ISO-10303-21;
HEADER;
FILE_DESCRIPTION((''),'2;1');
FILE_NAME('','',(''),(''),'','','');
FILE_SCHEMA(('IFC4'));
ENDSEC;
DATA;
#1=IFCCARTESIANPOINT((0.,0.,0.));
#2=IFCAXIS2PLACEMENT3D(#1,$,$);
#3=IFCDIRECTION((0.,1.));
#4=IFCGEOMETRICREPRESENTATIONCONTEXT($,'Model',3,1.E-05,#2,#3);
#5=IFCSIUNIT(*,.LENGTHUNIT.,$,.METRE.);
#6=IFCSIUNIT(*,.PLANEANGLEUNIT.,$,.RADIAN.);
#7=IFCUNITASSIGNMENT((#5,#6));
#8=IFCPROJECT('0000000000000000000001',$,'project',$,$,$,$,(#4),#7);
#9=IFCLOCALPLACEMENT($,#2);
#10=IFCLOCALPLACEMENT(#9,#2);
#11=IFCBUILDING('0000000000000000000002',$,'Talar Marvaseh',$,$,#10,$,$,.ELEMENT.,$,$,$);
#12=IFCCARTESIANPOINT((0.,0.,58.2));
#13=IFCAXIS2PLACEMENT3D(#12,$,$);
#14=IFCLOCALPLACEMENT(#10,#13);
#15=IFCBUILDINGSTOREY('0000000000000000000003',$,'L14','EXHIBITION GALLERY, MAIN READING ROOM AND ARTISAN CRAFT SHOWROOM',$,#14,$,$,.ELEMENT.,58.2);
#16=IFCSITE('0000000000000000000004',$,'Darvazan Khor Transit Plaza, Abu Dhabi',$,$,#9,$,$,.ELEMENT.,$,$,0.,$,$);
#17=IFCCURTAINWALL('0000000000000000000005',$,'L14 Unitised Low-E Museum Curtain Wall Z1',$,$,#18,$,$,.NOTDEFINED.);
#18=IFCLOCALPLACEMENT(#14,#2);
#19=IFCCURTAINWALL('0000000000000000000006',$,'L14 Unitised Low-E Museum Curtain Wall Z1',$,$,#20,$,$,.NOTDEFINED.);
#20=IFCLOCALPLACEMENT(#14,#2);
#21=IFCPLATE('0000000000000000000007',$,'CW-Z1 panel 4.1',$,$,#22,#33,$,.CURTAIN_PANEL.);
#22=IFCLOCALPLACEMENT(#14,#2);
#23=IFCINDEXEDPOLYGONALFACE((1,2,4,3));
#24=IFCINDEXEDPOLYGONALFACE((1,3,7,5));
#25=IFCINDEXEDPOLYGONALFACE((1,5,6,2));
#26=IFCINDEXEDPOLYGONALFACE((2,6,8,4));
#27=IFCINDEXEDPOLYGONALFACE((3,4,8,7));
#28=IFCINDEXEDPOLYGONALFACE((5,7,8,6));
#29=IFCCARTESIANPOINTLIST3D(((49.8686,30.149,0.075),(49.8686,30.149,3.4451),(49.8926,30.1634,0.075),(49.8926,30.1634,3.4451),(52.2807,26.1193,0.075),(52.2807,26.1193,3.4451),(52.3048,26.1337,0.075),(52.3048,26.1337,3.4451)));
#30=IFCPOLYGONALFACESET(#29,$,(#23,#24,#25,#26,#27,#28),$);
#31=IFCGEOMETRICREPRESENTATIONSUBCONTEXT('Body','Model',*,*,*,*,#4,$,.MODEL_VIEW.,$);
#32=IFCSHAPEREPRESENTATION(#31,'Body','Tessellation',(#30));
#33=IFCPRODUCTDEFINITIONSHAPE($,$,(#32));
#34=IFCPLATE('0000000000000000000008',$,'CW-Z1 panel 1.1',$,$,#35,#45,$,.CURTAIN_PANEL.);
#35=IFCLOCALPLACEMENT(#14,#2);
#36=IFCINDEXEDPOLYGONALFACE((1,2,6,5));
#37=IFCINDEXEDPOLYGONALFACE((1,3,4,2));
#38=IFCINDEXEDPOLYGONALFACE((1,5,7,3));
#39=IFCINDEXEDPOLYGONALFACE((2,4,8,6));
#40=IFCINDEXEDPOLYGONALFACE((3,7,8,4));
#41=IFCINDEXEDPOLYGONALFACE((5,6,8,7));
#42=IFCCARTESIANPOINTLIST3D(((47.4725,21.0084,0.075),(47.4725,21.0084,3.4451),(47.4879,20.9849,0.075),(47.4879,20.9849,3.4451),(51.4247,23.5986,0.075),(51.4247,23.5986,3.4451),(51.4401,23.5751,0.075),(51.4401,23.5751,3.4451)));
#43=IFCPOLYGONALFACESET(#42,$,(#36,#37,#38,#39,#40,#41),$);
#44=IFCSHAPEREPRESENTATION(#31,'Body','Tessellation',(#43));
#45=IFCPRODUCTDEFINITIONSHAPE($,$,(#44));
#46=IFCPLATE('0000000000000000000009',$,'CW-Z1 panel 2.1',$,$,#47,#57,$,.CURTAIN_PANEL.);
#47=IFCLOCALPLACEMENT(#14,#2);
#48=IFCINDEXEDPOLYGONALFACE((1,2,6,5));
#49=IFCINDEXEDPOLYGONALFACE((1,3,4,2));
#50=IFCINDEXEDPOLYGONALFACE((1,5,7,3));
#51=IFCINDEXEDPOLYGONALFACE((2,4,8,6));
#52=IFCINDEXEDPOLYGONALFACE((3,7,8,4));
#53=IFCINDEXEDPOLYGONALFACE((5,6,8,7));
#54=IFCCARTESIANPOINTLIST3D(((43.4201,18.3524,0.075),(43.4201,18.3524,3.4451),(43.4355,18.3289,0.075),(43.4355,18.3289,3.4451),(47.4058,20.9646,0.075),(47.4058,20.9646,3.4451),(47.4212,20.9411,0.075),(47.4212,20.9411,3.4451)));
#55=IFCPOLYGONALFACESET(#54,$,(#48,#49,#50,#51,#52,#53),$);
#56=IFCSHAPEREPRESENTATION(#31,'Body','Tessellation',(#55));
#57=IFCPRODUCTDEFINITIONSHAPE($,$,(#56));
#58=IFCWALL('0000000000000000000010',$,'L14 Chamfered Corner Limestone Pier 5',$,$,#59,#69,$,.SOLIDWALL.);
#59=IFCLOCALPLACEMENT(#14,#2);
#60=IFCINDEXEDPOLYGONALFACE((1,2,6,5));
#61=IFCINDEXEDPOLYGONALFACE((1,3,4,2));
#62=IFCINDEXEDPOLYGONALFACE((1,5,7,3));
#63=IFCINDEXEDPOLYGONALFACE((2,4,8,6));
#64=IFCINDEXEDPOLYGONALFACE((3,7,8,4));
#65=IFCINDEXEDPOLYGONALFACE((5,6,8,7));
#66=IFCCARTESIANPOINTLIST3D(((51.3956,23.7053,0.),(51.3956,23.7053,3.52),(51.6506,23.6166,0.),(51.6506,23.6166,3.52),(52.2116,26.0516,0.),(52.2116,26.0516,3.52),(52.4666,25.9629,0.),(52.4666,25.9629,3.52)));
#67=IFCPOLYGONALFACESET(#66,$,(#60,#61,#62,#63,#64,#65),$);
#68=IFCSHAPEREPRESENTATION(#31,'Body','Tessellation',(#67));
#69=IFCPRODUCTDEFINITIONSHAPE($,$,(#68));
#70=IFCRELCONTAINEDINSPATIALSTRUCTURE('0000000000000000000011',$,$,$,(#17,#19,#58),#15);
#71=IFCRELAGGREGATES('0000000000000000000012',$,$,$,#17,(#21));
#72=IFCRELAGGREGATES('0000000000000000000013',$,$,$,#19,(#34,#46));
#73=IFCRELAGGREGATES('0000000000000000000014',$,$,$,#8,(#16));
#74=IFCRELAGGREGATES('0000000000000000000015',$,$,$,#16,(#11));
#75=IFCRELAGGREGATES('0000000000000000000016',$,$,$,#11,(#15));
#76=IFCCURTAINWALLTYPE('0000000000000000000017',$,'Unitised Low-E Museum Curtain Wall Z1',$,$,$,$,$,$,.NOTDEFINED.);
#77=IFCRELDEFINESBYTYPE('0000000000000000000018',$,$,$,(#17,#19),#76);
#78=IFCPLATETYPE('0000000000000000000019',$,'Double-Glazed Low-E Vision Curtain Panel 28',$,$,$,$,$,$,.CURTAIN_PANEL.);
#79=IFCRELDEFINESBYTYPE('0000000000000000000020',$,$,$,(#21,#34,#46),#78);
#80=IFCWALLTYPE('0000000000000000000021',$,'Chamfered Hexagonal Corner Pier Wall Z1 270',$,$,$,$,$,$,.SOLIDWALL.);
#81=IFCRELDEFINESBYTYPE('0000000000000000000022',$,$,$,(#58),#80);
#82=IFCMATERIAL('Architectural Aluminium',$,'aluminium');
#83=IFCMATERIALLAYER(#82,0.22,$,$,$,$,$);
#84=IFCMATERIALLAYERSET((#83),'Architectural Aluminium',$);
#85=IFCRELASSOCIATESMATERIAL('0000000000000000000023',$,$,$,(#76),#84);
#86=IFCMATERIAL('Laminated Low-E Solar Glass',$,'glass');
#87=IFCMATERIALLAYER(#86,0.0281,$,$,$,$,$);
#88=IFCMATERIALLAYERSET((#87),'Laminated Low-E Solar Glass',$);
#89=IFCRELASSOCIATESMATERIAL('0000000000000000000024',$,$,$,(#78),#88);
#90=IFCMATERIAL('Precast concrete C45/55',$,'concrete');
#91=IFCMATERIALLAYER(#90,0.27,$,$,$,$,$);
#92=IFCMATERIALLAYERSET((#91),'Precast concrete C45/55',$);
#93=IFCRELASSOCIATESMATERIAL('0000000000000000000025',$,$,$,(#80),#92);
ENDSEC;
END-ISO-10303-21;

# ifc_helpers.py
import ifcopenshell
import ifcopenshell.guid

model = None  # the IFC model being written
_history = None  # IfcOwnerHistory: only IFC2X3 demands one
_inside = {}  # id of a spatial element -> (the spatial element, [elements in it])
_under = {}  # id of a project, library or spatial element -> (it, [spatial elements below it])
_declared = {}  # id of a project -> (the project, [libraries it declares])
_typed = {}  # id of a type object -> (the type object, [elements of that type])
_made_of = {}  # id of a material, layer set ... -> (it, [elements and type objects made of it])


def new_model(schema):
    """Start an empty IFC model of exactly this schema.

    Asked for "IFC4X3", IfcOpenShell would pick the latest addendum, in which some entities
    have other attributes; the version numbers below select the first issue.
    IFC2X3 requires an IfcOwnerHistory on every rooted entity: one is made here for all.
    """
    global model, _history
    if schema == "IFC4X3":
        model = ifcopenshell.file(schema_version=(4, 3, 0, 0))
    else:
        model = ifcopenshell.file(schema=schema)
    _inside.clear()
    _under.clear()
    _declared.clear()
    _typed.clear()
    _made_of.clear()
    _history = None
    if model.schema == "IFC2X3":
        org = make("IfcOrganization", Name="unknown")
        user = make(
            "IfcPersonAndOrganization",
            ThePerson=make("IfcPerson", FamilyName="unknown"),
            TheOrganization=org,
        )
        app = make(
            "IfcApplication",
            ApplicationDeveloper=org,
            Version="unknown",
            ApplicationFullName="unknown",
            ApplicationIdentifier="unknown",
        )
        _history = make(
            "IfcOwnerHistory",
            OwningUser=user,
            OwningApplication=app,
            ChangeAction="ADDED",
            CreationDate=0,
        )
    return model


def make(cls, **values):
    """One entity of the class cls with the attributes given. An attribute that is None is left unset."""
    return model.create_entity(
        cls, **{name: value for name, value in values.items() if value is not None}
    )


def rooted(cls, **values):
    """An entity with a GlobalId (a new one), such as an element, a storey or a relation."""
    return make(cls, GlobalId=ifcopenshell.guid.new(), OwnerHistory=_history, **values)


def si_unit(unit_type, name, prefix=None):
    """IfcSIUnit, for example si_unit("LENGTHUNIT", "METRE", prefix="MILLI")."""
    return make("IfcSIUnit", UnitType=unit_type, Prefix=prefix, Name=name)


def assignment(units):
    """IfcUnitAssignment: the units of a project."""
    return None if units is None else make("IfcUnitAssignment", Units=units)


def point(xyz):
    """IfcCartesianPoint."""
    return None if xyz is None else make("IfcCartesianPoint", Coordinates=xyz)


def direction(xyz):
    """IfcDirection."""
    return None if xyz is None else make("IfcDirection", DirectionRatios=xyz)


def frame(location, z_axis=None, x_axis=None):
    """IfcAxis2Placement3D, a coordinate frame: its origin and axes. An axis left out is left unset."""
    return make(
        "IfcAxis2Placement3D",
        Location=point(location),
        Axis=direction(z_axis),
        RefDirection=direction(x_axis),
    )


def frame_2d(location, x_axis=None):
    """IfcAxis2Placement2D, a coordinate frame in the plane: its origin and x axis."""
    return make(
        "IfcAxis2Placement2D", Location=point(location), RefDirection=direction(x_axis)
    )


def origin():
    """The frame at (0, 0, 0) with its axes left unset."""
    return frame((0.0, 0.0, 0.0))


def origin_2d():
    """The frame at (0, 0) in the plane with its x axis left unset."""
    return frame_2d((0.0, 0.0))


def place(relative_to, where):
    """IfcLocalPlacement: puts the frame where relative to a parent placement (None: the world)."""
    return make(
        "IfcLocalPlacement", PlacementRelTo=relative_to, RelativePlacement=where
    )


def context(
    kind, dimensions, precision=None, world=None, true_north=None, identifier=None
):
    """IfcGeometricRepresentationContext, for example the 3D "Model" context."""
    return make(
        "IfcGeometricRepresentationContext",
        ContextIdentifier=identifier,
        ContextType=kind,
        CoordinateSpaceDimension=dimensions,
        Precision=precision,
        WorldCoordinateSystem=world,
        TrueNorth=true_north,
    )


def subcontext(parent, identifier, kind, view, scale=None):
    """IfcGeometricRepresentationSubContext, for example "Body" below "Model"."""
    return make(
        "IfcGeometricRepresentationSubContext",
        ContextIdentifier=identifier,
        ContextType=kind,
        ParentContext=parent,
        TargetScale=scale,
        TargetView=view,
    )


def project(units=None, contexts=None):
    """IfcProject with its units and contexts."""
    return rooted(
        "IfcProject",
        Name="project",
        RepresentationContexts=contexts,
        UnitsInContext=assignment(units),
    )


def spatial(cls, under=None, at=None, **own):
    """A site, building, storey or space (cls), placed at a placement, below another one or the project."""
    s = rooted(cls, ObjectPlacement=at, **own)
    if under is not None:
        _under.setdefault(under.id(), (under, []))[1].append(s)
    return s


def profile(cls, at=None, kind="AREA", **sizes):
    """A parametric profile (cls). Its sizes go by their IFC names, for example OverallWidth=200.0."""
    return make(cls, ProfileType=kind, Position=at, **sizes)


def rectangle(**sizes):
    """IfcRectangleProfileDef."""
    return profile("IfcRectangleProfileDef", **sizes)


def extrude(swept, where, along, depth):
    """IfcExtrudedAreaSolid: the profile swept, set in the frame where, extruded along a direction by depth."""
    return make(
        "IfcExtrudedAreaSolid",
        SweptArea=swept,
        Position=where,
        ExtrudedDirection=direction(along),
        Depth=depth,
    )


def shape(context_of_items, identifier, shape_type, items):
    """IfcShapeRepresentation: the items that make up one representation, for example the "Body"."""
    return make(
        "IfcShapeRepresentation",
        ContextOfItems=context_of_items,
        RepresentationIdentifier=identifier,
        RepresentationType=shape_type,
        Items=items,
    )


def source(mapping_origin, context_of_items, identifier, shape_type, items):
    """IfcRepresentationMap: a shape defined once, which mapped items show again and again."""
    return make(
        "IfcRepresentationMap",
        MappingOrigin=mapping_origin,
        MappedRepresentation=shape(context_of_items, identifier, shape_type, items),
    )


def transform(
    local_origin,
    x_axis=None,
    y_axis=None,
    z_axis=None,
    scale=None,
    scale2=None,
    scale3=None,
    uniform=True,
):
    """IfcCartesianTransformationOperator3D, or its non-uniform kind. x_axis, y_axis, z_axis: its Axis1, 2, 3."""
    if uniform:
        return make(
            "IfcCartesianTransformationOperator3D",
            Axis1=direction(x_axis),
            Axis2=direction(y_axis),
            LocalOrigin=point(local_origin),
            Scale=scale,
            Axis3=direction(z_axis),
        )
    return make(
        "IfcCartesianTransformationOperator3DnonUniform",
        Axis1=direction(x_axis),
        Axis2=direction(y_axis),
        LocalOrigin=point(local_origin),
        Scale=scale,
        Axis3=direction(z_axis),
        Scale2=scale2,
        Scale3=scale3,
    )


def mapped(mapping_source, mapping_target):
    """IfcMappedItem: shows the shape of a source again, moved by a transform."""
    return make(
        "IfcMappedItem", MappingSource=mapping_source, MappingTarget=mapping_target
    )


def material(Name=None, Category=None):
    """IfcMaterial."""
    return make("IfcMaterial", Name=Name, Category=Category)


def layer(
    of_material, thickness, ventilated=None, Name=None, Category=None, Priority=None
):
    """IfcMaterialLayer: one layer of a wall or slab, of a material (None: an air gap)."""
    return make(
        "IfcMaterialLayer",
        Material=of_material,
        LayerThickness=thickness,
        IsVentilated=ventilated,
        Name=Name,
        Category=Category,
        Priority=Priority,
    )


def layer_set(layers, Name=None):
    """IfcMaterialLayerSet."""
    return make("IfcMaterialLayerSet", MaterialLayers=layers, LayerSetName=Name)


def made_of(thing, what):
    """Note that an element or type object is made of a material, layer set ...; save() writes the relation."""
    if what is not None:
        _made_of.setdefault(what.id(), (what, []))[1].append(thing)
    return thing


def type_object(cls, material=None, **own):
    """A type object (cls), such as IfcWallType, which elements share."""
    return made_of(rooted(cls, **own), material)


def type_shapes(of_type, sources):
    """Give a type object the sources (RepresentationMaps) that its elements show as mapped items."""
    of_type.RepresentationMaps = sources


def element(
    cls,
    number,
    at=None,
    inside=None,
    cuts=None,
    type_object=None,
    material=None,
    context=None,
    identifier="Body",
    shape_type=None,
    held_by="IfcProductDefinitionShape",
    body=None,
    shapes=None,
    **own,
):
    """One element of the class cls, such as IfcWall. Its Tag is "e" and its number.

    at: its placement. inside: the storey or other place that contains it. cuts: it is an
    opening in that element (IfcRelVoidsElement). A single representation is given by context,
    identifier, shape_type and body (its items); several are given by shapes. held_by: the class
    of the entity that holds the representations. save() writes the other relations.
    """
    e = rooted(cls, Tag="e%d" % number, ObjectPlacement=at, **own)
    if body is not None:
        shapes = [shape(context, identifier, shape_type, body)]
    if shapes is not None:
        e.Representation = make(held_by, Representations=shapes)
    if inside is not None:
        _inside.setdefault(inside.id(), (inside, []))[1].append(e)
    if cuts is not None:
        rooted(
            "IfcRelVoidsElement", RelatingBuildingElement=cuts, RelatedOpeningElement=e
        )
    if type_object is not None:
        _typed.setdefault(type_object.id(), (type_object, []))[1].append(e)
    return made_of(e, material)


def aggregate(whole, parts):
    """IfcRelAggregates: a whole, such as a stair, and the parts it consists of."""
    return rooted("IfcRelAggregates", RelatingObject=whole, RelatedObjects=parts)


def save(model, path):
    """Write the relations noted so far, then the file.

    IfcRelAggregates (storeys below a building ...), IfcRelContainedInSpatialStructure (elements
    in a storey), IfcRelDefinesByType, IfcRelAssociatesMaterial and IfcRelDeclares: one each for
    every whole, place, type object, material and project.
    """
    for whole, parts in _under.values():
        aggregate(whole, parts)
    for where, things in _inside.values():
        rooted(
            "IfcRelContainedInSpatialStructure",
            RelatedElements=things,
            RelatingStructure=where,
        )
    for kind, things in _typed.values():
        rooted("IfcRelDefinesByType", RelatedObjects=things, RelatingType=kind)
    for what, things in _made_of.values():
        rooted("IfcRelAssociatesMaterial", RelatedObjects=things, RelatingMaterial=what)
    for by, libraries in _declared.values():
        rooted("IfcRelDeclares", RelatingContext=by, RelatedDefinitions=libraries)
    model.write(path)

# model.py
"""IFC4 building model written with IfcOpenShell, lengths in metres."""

from ifc_helpers import new_model, si_unit, direction, frame, frame_2d, origin, origin_2d, place, context, subcontext, project, spatial, rectangle, extrude, source, transform, mapped, material, layer, layer_set, type_object, type_shapes, element, aggregate, save


model = new_model("IFC4")

# Units and contexts
model_context = context("Model", 3, precision=1e-05, world=origin(), true_north=direction((0.0, 1.0)))
body_context = subcontext(model_context, "Body", "Model", "MODEL_VIEW")
ifc_project = project(units=[si_unit("LENGTHUNIT", "METRE"), si_unit("PLANEANGLEUNIT", "RADIAN")], contexts=[model_context])

# Site, building, storey
site_placement = place(None, origin())
site = spatial("IfcSite", under=ifc_project, at=site_placement, Name="Darvazan Khor Transit Plaza, Abu Dhabi", CompositionType="ELEMENT", RefElevation=0.0)
building_placement = place(site_placement, origin())
building = spatial("IfcBuilding", under=site, at=building_placement, Name="Talar Marvaseh", CompositionType="ELEMENT")
storey_placement = place(building_placement, frame((0.0, 0.0, 58.2)))
storey = spatial("IfcBuildingStorey", under=building, at=storey_placement, Name="L14", Description="EXHIBITION GALLERY, MAIN READING ROOM AND ARTISAN CRAFT SHOWROOM", CompositionType="ELEMENT", Elevation=58.2)

# Curtain walls
ifc_material_1 = material(Name="Architectural Aluminium", Category="aluminium")
ifc_layer_1 = layer(ifc_material_1, 0.22)
ifc_layer_set_1 = layer_set([ifc_layer_1], Name="Architectural Aluminium")
curtain_wall_type = type_object("IfcCurtainWallType", Name="Unitised Low-E Museum Curtain Wall Z1", PredefinedType="NOTDEFINED", material=ifc_layer_set_1)
curtain_wall_1_placement = place(storey_placement, origin())
curtain_wall_1 = element("IfcCurtainWall", 1, at=curtain_wall_1_placement, inside=storey, type_object=curtain_wall_type, Name="L14 Unitised Low-E Museum Curtain Wall Z1", PredefinedType="NOTDEFINED")
curtain_wall_2_placement = place(storey_placement, origin())
curtain_wall_2 = element("IfcCurtainWall", 2, at=curtain_wall_2_placement, inside=storey, type_object=curtain_wall_type, Name="L14 Unitised Low-E Museum Curtain Wall Z1", PredefinedType="NOTDEFINED")

# Plates
ifc_material_2 = material(Name="Laminated Low-E Solar Glass", Category="glass")
ifc_layer_2 = layer(ifc_material_2, 0.0281)
ifc_layer_set_2 = layer_set([ifc_layer_2], Name="Laminated Low-E Solar Glass")
plate_type = type_object("IfcPlateType", Name="Double-Glazed Low-E Vision Curtain Panel 28", PredefinedType="CURTAIN_PANEL", material=ifc_layer_set_2)
shared_shape_1 = source(origin(), body_context, "Body", "SweptSolid", [
    extrude(rectangle(XDim=4.6965, YDim=0.0281, at=origin_2d()), origin(), (0.0, 0.0, 1.0), 3.3701),
])
plate_1_placement = place(storey_placement, frame((51.0867, 28.1414, 0.075), z_axis=(0.0, 0.0, 1.0), x_axis=(0.513602, -0.858029, 0.0)))
plate_1 = element("IfcPlate", 3, at=plate_1_placement, type_object=plate_type, Name="CW-Z1 panel 4.1", PredefinedType="CURTAIN_PANEL", context=body_context, shape_type="MappedRepresentation", body=[
    mapped(shared_shape_1, transform((0.0, 0.0, 0.0), x_axis=(1.0, 0.0, 0.0), y_axis=(0.0, 1.0, 0.0), z_axis=(0.0, 0.0, 1.0), scale=1.0)),
])
aggregate(curtain_wall_1, [plate_1])
shared_shape_2 = source(origin(), body_context, "Body", "SweptSolid", [
    extrude(rectangle(XDim=4.7253, YDim=0.0281, at=origin_2d()), origin(), (0.0, 0.0, 1.0), 3.3701),
])
plate_2_placement = place(storey_placement, frame((49.4563, 22.2917, 0.075), z_axis=(0.0, 0.0, 1.0), x_axis=(-0.836371, -0.548164, 0.0)))
plate_2 = element("IfcPlate", 4, at=plate_2_placement, type_object=plate_type, Name="CW-Z1 panel 1.1", PredefinedType="CURTAIN_PANEL", context=body_context, shape_type="MappedRepresentation", body=[
    mapped(shared_shape_2, transform((0.0, 0.0, 0.0), x_axis=(1.0, 0.0, 0.0), y_axis=(0.0, 1.0, 0.0), z_axis=(0.0, 0.0, 1.0), scale=1.0)),
])
shared_shape_3 = source(origin(), body_context, "Body", "SweptSolid", [
    extrude(rectangle(XDim=4.7654, YDim=0.0281, at=origin_2d()), origin(), (0.0, 0.0, 1.0), 3.3701),
])
type_shapes(plate_type, [shared_shape_1, shared_shape_2, shared_shape_3])
plate_3_placement = place(storey_placement, frame((45.4207, 19.6467, 0.075), z_axis=(0.0, 0.0, 1.0), x_axis=(-0.836371, -0.548164, 0.0)))
plate_3 = element("IfcPlate", 5, at=plate_3_placement, type_object=plate_type, Name="CW-Z1 panel 2.1", PredefinedType="CURTAIN_PANEL", context=body_context, shape_type="MappedRepresentation", body=[
    mapped(shared_shape_3, transform((0.0, 0.0, 0.0), x_axis=(1.0, 0.0, 0.0), y_axis=(0.0, 1.0, 0.0), z_axis=(0.0, 0.0, 1.0), scale=1.0)),
])
aggregate(curtain_wall_2, [plate_2, plate_3])

# Wall
ifc_material_3 = material(Name="Precast concrete C45/55", Category="concrete")
ifc_layer_3 = layer(ifc_material_3, 0.27)
ifc_layer_set_3 = layer_set([ifc_layer_3], Name="Precast concrete C45/55")
wall_type = type_object("IfcWallType", Name="Chamfered Hexagonal Corner Pier Wall Z1 270", PredefinedType="SOLIDWALL", material=ifc_layer_set_3)
wall_placement = place(storey_placement, frame((52.3391, 26.0073, 0.0), z_axis=(0.0, 0.0, 1.0), x_axis=(-0.328467, -0.944515, 0.0)))
element("IfcWall", 6, at=wall_placement, inside=storey, type_object=wall_type, Name="L14 Chamfered Corner Limestone Pier 5", PredefinedType="SOLIDWALL", context=body_context, shape_type="SweptSolid", body=[
    extrude(rectangle(XDim=2.4841, YDim=0.27, at=frame_2d((1.2422, 0.0))), origin(), (0.0, 0.0, 1.0), 3.52),
])

save(model, "model.ifc")
